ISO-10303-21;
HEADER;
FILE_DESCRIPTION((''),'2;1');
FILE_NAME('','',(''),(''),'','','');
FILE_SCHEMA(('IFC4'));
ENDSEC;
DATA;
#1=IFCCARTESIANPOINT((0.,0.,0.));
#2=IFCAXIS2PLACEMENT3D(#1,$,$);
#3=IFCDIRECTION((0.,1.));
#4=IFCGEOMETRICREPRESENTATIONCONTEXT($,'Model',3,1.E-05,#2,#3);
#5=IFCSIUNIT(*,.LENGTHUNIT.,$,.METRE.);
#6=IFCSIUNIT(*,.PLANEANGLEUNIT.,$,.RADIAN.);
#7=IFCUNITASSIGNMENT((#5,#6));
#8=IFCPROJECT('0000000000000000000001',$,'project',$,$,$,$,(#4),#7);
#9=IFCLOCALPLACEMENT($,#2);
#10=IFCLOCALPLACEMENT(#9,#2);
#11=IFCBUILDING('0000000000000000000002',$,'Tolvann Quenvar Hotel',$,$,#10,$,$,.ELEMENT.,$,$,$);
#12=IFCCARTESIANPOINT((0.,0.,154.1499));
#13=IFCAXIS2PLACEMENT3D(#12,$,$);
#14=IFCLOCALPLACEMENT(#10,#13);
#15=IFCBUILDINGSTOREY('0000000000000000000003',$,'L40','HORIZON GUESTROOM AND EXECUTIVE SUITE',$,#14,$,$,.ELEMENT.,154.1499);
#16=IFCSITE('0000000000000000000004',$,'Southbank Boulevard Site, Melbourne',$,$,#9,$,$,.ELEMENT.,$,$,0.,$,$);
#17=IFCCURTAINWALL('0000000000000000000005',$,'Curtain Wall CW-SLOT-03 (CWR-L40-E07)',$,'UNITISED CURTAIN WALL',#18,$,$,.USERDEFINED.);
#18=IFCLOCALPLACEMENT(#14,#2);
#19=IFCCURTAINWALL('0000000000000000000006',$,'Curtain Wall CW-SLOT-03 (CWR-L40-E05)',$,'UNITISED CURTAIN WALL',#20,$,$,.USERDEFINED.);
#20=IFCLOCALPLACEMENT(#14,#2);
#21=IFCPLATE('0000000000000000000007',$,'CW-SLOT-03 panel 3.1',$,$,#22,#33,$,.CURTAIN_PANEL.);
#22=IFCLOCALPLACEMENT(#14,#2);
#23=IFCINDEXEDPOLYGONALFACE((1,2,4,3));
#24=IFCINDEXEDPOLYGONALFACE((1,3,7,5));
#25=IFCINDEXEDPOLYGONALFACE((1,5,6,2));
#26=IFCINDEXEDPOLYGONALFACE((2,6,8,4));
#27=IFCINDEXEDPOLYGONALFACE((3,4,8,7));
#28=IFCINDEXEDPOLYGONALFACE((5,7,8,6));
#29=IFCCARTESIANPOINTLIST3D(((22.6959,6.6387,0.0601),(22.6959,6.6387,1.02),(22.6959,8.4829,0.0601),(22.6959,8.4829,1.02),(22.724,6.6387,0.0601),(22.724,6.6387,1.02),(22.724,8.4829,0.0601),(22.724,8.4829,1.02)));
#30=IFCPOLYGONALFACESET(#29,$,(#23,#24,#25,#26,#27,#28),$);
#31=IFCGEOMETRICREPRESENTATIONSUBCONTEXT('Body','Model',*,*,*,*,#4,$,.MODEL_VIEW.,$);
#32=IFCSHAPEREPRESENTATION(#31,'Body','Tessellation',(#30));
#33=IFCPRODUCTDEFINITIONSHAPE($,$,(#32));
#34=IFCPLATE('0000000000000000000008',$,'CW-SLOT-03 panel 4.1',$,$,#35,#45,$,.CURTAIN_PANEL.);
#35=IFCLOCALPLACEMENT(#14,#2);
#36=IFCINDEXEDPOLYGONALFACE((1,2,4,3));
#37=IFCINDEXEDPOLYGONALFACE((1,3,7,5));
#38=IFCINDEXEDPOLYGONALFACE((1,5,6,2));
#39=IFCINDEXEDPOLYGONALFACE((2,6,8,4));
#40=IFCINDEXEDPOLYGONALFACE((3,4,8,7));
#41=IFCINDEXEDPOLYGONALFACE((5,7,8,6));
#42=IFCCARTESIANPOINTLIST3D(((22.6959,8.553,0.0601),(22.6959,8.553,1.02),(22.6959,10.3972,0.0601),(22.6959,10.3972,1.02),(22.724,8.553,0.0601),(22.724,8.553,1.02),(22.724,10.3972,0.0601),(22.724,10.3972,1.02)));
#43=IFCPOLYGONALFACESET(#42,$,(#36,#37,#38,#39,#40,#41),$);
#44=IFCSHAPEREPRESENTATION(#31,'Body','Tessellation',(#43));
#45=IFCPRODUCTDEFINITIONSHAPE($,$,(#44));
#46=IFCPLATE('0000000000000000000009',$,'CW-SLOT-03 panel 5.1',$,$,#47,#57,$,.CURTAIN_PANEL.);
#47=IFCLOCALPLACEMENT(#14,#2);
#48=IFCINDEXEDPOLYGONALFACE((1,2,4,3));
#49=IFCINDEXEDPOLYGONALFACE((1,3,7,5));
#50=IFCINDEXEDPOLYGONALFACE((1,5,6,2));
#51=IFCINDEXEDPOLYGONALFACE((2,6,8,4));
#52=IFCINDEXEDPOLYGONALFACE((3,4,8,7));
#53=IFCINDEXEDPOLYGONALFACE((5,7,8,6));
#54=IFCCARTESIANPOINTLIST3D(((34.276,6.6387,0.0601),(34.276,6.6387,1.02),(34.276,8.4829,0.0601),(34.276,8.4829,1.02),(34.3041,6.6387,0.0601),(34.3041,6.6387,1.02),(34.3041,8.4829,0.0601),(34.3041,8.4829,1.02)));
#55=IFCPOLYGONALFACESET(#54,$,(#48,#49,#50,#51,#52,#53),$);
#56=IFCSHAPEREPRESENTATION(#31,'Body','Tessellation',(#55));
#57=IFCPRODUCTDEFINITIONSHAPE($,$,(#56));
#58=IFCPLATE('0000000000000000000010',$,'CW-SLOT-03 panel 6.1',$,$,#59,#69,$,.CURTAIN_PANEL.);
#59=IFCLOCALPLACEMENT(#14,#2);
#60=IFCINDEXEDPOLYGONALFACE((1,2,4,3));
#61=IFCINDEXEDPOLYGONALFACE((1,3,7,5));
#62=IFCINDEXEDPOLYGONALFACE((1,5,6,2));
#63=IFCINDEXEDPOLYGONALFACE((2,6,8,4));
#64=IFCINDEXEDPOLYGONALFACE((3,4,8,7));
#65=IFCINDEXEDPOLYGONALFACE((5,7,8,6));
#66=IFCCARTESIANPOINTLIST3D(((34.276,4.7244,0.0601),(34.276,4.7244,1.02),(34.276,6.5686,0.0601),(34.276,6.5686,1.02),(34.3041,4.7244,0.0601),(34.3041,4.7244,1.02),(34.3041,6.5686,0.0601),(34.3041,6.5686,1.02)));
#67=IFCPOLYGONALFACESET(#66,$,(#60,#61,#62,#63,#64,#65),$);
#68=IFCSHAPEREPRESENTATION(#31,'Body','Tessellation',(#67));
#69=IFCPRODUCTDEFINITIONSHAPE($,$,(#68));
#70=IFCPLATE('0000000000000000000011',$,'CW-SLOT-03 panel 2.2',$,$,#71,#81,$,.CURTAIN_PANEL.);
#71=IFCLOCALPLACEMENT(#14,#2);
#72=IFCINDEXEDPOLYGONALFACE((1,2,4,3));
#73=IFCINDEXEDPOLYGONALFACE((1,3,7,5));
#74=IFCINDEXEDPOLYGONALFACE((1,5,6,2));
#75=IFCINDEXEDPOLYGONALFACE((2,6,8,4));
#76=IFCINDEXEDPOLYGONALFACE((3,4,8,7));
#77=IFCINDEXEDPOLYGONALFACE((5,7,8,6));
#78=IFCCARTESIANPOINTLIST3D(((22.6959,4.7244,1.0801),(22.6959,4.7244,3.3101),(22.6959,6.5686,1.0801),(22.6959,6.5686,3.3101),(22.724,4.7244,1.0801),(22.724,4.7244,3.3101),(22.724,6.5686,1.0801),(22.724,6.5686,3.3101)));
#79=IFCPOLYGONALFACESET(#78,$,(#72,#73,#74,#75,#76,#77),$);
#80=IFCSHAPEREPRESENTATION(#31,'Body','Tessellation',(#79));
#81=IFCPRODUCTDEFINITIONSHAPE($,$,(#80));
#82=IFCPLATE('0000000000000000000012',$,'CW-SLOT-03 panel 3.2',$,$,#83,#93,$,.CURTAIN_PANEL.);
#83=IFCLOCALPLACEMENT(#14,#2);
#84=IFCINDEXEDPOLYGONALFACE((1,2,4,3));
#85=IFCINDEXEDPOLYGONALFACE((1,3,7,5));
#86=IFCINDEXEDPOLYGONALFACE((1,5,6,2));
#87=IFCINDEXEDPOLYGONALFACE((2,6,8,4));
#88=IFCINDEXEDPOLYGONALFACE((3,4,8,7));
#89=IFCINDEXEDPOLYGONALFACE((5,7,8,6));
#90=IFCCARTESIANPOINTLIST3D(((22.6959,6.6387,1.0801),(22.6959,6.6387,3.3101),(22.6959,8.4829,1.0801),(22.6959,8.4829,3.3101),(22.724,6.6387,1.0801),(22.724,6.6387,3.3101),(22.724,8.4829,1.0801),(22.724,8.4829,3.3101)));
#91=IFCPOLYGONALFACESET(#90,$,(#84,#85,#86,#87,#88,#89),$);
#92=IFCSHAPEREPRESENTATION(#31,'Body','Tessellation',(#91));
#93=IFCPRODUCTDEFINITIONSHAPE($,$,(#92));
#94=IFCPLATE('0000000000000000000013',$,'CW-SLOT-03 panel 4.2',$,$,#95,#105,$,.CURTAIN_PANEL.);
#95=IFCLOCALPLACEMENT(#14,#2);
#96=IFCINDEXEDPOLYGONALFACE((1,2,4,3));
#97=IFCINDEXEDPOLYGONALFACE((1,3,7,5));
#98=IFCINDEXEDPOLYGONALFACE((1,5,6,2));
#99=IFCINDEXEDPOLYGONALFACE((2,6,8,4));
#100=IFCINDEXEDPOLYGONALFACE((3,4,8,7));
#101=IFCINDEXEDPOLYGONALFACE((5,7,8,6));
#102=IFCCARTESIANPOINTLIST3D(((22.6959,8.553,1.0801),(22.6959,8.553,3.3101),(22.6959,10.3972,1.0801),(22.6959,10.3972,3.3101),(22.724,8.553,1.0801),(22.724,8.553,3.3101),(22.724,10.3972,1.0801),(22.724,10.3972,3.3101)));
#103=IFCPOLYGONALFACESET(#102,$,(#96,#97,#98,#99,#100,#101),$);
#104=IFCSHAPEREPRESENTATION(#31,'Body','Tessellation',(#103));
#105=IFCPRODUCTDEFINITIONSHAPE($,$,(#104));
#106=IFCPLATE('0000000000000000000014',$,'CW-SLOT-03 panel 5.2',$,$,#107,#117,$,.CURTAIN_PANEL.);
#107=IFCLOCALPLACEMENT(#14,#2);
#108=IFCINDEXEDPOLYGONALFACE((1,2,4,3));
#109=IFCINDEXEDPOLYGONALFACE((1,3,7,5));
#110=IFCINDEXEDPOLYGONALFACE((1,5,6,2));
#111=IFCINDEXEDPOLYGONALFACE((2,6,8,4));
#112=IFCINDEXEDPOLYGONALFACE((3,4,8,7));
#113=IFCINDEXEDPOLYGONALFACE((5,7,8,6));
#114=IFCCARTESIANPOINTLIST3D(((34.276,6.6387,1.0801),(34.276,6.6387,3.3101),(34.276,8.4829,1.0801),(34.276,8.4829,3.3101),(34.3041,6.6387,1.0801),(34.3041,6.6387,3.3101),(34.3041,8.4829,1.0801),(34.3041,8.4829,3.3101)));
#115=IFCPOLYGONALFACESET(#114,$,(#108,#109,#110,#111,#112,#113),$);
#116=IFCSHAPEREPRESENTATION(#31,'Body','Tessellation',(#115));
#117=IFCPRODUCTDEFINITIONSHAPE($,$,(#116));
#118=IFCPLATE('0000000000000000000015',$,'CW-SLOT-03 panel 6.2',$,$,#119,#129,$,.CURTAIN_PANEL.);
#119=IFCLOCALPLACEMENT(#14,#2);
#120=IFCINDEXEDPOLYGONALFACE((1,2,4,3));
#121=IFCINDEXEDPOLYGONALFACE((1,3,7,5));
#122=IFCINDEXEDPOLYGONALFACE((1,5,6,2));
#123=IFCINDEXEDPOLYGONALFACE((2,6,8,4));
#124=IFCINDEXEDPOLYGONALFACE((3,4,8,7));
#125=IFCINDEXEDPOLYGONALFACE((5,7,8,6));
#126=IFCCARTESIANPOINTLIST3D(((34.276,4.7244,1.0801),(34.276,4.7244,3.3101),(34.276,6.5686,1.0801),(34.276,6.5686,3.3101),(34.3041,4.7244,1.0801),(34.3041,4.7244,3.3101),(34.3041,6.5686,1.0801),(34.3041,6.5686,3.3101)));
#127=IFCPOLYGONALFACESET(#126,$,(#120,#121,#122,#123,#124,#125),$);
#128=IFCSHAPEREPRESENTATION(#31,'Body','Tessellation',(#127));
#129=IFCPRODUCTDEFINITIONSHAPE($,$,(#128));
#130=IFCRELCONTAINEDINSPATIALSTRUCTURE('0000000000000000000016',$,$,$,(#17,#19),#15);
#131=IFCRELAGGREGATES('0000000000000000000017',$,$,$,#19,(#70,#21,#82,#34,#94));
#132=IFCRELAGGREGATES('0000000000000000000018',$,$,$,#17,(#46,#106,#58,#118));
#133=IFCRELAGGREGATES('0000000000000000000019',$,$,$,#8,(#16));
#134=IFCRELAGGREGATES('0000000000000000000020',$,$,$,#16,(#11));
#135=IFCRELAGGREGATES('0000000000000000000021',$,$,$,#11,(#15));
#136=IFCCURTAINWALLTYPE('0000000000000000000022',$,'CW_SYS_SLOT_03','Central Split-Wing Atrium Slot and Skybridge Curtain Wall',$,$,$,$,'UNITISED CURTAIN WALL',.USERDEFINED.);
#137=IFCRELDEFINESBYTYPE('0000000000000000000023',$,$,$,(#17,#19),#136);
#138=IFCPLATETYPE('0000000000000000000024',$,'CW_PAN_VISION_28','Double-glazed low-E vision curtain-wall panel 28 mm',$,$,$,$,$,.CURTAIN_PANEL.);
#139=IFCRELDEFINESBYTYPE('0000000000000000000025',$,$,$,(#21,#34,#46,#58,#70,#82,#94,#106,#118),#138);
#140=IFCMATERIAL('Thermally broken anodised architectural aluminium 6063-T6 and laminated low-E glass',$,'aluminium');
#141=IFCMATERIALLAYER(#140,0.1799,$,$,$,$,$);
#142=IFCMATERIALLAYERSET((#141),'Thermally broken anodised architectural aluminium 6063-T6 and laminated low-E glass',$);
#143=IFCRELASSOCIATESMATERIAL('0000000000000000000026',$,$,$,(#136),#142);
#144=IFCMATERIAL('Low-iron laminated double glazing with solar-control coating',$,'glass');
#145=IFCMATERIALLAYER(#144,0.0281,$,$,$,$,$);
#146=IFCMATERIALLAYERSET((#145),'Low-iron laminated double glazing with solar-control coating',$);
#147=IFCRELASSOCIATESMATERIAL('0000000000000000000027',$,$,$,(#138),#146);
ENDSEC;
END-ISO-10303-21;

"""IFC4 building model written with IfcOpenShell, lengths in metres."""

from ifc_helpers import new_model, si_unit, direction, frame, origin, origin_2d, place, context, subcontext, project, spatial, rectangle, extrude, source, transform, mapped, material, layer, layer_set, type_object, element, aggregate, save


model = new_model("IFC4")

# Units and contexts
model_context = context("Model", 3, precision=1e-05, world=origin(), true_north=direction((0.0, 1.0)))
body_context = subcontext(model_context, "Body", "Model", "MODEL_VIEW")
ifc_project = project(units=[si_unit("LENGTHUNIT", "METRE"), si_unit("PLANEANGLEUNIT", "RADIAN")], contexts=[model_context])

# Site, building, storey
site_placement = place(None, origin())
site = spatial("IfcSite", under=ifc_project, at=site_placement, Name="Southbank Boulevard Site, Melbourne", CompositionType="ELEMENT", RefElevation=0.0)
building_placement = place(site_placement, origin())
building = spatial("IfcBuilding", under=site, at=building_placement, Name="Tolvann Quenvar Hotel", CompositionType="ELEMENT")
storey_placement = place(building_placement, frame((0.0, 0.0, 154.1499)))
storey = spatial("IfcBuildingStorey", under=building, at=storey_placement, Name="L40", Description="HORIZON GUESTROOM AND EXECUTIVE SUITE", CompositionType="ELEMENT", Elevation=154.1499)

# Curtain walls
ifc_material_1 = material(Name="Thermally broken anodised architectural aluminium 6063-T6 and laminated low-E glass", Category="aluminium")
ifc_layer_1 = layer(ifc_material_1, 0.1799)
ifc_layer_set_1 = layer_set([ifc_layer_1], Name="Thermally broken anodised architectural aluminium 6063-T6 and laminated low-E glass")
curtain_wall_type = type_object("IfcCurtainWallType", Name="CW_SYS_SLOT_03", Description="Central Split-Wing Atrium Slot and Skybridge Curtain Wall", ElementType="UNITISED CURTAIN WALL", PredefinedType="USERDEFINED", material=ifc_layer_set_1)
curtain_wall_1_placement = place(storey_placement, origin())
curtain_wall_1 = element("IfcCurtainWall", 1, at=curtain_wall_1_placement, inside=storey, type_object=curtain_wall_type, Name="Curtain Wall CW-SLOT-03 (CWR-L40-E07)", ObjectType="UNITISED CURTAIN WALL", PredefinedType="USERDEFINED")
curtain_wall_2_placement = place(storey_placement, origin())
curtain_wall_2 = element("IfcCurtainWall", 2, at=curtain_wall_2_placement, inside=storey, type_object=curtain_wall_type, Name="Curtain Wall CW-SLOT-03 (CWR-L40-E05)", ObjectType="UNITISED CURTAIN WALL", PredefinedType="USERDEFINED")

# Plates
ifc_material_2 = material(Name="Low-iron laminated double glazing with solar-control coating", Category="glass")
ifc_layer_2 = layer(ifc_material_2, 0.0281)
ifc_layer_set_2 = layer_set([ifc_layer_2], Name="Low-iron laminated double glazing with solar-control coating")
plate_type = type_object("IfcPlateType", Name="CW_PAN_VISION_28", Description="Double-glazed low-E vision curtain-wall panel 28 mm", PredefinedType="CURTAIN_PANEL", material=ifc_layer_set_2)
shared_shape_1 = source(origin(), body_context, "Body", "SweptSolid", [
    extrude(rectangle(XDim=1.8442, YDim=0.0281, at=origin_2d()), origin(), (0.0, 0.0, 1.0), 0.96),
])
plate_1_placement = place(storey_placement, frame((22.71, 7.5608, 0.0601), z_axis=(0.0, 0.0, 1.0), x_axis=(0.0, 1.0, 0.0)))
plate_1 = element("IfcPlate", 3, at=plate_1_placement, type_object=plate_type, Name="CW-SLOT-03 panel 3.1", PredefinedType="CURTAIN_PANEL", context=body_context, shape_type="MappedRepresentation", body=[
    mapped(shared_shape_1, transform((0.0, 0.0, 0.0), x_axis=(1.0, 0.0, 0.0), y_axis=(0.0, 1.0, 0.0), z_axis=(0.0, 0.0, 1.0), scale=1.0)),
])
plate_2_placement = place(storey_placement, frame((22.71, 9.4751, 0.0601), z_axis=(0.0, 0.0, 1.0), x_axis=(0.0, 1.0, 0.0)))
plate_2 = element("IfcPlate", 4, at=plate_2_placement, type_object=plate_type, Name="CW-SLOT-03 panel 4.1", PredefinedType="CURTAIN_PANEL", context=body_context, shape_type="MappedRepresentation", body=[
    mapped(shared_shape_1, transform((0.0, 0.0, 0.0), x_axis=(1.0, 0.0, 0.0), y_axis=(0.0, 1.0, 0.0), z_axis=(0.0, 0.0, 1.0), scale=1.0)),
])
plate_3_placement = place(storey_placement, frame((34.29, 7.5608, 0.0601), z_axis=(0.0, 0.0, 1.0), x_axis=(0.0, -1.0, 0.0)))
plate_3 = element("IfcPlate", 5, at=plate_3_placement, type_object=plate_type, Name="CW-SLOT-03 panel 5.1", PredefinedType="CURTAIN_PANEL", context=body_context, shape_type="MappedRepresentation", body=[
    mapped(shared_shape_1, transform((0.0, 0.0, 0.0), x_axis=(1.0, 0.0, 0.0), y_axis=(0.0, 1.0, 0.0), z_axis=(0.0, 0.0, 1.0), scale=1.0)),
])
plate_4_placement = place(storey_placement, frame((34.29, 5.6465, 0.0601), z_axis=(0.0, 0.0, 1.0), x_axis=(0.0, -1.0, 0.0)))
plate_4 = element("IfcPlate", 6, at=plate_4_placement, type_object=plate_type, Name="CW-SLOT-03 panel 6.1", PredefinedType="CURTAIN_PANEL", context=body_context, shape_type="MappedRepresentation", body=[
    mapped(shared_shape_1, transform((0.0, 0.0, 0.0), x_axis=(1.0, 0.0, 0.0), y_axis=(0.0, 1.0, 0.0), z_axis=(0.0, 0.0, 1.0), scale=1.0)),
])
shared_shape_2 = source(origin(), body_context, "Body", "SweptSolid", [
    extrude(rectangle(XDim=1.8442, YDim=0.0281, at=origin_2d()), origin(), (0.0, 0.0, 1.0), 2.23),
])
plate_5_placement = place(storey_placement, frame((22.71, 5.6465, 1.0801), z_axis=(0.0, 0.0, 1.0), x_axis=(0.0, 1.0, 0.0)))
plate_5 = element("IfcPlate", 7, at=plate_5_placement, type_object=plate_type, Name="CW-SLOT-03 panel 2.2", PredefinedType="CURTAIN_PANEL", context=body_context, shape_type="MappedRepresentation", body=[
    mapped(shared_shape_2, transform((0.0, 0.0, 0.0), x_axis=(1.0, 0.0, 0.0), y_axis=(0.0, 1.0, 0.0), z_axis=(0.0, 0.0, 1.0), scale=1.0)),
])
plate_6_placement = place(storey_placement, frame((22.71, 7.5608, 1.0801), z_axis=(0.0, 0.0, 1.0), x_axis=(0.0, 1.0, 0.0)))
plate_6 = element("IfcPlate", 8, at=plate_6_placement, type_object=plate_type, Name="CW-SLOT-03 panel 3.2", PredefinedType="CURTAIN_PANEL", context=body_context, shape_type="MappedRepresentation", body=[
    mapped(shared_shape_2, transform((0.0, 0.0, 0.0), x_axis=(1.0, 0.0, 0.0), y_axis=(0.0, 1.0, 0.0), z_axis=(0.0, 0.0, 1.0), scale=1.0)),
])
plate_7_placement = place(storey_placement, frame((22.71, 9.4751, 1.0801), z_axis=(0.0, 0.0, 1.0), x_axis=(0.0, 1.0, 0.0)))
plate_7 = element("IfcPlate", 9, at=plate_7_placement, type_object=plate_type, Name="CW-SLOT-03 panel 4.2", PredefinedType="CURTAIN_PANEL", context=body_context, shape_type="MappedRepresentation", body=[
    mapped(shared_shape_2, transform((0.0, 0.0, 0.0), x_axis=(1.0, 0.0, 0.0), y_axis=(0.0, 1.0, 0.0), z_axis=(0.0, 0.0, 1.0), scale=1.0)),
])
aggregate(curtain_wall_2, [plate_5, plate_1, plate_6, plate_2, plate_7])
plate_8_placement = place(storey_placement, frame((34.29, 7.5608, 1.0801), z_axis=(0.0, 0.0, 1.0), x_axis=(0.0, -1.0, 0.0)))
plate_8 = element("IfcPlate", 10, at=plate_8_placement, type_object=plate_type, Name="CW-SLOT-03 panel 5.2", PredefinedType="CURTAIN_PANEL", context=body_context, shape_type="MappedRepresentation", body=[
    mapped(shared_shape_2, transform((0.0, 0.0, 0.0), x_axis=(1.0, 0.0, 0.0), y_axis=(0.0, 1.0, 0.0), z_axis=(0.0, 0.0, 1.0), scale=1.0)),
])
plate_9_placement = place(storey_placement, frame((34.29, 5.6465, 1.0801), z_axis=(0.0, 0.0, 1.0), x_axis=(0.0, -1.0, 0.0)))
plate_9 = element("IfcPlate", 11, at=plate_9_placement, type_object=plate_type, Name="CW-SLOT-03 panel 6.2", PredefinedType="CURTAIN_PANEL", context=body_context, shape_type="MappedRepresentation", body=[
    mapped(shared_shape_2, transform((0.0, 0.0, 0.0), x_axis=(1.0, 0.0, 0.0), y_axis=(0.0, 1.0, 0.0), z_axis=(0.0, 0.0, 1.0), scale=1.0)),
])
aggregate(curtain_wall_1, [plate_3, plate_8, plate_4, plate_9])

save(model, "model.ifc")
